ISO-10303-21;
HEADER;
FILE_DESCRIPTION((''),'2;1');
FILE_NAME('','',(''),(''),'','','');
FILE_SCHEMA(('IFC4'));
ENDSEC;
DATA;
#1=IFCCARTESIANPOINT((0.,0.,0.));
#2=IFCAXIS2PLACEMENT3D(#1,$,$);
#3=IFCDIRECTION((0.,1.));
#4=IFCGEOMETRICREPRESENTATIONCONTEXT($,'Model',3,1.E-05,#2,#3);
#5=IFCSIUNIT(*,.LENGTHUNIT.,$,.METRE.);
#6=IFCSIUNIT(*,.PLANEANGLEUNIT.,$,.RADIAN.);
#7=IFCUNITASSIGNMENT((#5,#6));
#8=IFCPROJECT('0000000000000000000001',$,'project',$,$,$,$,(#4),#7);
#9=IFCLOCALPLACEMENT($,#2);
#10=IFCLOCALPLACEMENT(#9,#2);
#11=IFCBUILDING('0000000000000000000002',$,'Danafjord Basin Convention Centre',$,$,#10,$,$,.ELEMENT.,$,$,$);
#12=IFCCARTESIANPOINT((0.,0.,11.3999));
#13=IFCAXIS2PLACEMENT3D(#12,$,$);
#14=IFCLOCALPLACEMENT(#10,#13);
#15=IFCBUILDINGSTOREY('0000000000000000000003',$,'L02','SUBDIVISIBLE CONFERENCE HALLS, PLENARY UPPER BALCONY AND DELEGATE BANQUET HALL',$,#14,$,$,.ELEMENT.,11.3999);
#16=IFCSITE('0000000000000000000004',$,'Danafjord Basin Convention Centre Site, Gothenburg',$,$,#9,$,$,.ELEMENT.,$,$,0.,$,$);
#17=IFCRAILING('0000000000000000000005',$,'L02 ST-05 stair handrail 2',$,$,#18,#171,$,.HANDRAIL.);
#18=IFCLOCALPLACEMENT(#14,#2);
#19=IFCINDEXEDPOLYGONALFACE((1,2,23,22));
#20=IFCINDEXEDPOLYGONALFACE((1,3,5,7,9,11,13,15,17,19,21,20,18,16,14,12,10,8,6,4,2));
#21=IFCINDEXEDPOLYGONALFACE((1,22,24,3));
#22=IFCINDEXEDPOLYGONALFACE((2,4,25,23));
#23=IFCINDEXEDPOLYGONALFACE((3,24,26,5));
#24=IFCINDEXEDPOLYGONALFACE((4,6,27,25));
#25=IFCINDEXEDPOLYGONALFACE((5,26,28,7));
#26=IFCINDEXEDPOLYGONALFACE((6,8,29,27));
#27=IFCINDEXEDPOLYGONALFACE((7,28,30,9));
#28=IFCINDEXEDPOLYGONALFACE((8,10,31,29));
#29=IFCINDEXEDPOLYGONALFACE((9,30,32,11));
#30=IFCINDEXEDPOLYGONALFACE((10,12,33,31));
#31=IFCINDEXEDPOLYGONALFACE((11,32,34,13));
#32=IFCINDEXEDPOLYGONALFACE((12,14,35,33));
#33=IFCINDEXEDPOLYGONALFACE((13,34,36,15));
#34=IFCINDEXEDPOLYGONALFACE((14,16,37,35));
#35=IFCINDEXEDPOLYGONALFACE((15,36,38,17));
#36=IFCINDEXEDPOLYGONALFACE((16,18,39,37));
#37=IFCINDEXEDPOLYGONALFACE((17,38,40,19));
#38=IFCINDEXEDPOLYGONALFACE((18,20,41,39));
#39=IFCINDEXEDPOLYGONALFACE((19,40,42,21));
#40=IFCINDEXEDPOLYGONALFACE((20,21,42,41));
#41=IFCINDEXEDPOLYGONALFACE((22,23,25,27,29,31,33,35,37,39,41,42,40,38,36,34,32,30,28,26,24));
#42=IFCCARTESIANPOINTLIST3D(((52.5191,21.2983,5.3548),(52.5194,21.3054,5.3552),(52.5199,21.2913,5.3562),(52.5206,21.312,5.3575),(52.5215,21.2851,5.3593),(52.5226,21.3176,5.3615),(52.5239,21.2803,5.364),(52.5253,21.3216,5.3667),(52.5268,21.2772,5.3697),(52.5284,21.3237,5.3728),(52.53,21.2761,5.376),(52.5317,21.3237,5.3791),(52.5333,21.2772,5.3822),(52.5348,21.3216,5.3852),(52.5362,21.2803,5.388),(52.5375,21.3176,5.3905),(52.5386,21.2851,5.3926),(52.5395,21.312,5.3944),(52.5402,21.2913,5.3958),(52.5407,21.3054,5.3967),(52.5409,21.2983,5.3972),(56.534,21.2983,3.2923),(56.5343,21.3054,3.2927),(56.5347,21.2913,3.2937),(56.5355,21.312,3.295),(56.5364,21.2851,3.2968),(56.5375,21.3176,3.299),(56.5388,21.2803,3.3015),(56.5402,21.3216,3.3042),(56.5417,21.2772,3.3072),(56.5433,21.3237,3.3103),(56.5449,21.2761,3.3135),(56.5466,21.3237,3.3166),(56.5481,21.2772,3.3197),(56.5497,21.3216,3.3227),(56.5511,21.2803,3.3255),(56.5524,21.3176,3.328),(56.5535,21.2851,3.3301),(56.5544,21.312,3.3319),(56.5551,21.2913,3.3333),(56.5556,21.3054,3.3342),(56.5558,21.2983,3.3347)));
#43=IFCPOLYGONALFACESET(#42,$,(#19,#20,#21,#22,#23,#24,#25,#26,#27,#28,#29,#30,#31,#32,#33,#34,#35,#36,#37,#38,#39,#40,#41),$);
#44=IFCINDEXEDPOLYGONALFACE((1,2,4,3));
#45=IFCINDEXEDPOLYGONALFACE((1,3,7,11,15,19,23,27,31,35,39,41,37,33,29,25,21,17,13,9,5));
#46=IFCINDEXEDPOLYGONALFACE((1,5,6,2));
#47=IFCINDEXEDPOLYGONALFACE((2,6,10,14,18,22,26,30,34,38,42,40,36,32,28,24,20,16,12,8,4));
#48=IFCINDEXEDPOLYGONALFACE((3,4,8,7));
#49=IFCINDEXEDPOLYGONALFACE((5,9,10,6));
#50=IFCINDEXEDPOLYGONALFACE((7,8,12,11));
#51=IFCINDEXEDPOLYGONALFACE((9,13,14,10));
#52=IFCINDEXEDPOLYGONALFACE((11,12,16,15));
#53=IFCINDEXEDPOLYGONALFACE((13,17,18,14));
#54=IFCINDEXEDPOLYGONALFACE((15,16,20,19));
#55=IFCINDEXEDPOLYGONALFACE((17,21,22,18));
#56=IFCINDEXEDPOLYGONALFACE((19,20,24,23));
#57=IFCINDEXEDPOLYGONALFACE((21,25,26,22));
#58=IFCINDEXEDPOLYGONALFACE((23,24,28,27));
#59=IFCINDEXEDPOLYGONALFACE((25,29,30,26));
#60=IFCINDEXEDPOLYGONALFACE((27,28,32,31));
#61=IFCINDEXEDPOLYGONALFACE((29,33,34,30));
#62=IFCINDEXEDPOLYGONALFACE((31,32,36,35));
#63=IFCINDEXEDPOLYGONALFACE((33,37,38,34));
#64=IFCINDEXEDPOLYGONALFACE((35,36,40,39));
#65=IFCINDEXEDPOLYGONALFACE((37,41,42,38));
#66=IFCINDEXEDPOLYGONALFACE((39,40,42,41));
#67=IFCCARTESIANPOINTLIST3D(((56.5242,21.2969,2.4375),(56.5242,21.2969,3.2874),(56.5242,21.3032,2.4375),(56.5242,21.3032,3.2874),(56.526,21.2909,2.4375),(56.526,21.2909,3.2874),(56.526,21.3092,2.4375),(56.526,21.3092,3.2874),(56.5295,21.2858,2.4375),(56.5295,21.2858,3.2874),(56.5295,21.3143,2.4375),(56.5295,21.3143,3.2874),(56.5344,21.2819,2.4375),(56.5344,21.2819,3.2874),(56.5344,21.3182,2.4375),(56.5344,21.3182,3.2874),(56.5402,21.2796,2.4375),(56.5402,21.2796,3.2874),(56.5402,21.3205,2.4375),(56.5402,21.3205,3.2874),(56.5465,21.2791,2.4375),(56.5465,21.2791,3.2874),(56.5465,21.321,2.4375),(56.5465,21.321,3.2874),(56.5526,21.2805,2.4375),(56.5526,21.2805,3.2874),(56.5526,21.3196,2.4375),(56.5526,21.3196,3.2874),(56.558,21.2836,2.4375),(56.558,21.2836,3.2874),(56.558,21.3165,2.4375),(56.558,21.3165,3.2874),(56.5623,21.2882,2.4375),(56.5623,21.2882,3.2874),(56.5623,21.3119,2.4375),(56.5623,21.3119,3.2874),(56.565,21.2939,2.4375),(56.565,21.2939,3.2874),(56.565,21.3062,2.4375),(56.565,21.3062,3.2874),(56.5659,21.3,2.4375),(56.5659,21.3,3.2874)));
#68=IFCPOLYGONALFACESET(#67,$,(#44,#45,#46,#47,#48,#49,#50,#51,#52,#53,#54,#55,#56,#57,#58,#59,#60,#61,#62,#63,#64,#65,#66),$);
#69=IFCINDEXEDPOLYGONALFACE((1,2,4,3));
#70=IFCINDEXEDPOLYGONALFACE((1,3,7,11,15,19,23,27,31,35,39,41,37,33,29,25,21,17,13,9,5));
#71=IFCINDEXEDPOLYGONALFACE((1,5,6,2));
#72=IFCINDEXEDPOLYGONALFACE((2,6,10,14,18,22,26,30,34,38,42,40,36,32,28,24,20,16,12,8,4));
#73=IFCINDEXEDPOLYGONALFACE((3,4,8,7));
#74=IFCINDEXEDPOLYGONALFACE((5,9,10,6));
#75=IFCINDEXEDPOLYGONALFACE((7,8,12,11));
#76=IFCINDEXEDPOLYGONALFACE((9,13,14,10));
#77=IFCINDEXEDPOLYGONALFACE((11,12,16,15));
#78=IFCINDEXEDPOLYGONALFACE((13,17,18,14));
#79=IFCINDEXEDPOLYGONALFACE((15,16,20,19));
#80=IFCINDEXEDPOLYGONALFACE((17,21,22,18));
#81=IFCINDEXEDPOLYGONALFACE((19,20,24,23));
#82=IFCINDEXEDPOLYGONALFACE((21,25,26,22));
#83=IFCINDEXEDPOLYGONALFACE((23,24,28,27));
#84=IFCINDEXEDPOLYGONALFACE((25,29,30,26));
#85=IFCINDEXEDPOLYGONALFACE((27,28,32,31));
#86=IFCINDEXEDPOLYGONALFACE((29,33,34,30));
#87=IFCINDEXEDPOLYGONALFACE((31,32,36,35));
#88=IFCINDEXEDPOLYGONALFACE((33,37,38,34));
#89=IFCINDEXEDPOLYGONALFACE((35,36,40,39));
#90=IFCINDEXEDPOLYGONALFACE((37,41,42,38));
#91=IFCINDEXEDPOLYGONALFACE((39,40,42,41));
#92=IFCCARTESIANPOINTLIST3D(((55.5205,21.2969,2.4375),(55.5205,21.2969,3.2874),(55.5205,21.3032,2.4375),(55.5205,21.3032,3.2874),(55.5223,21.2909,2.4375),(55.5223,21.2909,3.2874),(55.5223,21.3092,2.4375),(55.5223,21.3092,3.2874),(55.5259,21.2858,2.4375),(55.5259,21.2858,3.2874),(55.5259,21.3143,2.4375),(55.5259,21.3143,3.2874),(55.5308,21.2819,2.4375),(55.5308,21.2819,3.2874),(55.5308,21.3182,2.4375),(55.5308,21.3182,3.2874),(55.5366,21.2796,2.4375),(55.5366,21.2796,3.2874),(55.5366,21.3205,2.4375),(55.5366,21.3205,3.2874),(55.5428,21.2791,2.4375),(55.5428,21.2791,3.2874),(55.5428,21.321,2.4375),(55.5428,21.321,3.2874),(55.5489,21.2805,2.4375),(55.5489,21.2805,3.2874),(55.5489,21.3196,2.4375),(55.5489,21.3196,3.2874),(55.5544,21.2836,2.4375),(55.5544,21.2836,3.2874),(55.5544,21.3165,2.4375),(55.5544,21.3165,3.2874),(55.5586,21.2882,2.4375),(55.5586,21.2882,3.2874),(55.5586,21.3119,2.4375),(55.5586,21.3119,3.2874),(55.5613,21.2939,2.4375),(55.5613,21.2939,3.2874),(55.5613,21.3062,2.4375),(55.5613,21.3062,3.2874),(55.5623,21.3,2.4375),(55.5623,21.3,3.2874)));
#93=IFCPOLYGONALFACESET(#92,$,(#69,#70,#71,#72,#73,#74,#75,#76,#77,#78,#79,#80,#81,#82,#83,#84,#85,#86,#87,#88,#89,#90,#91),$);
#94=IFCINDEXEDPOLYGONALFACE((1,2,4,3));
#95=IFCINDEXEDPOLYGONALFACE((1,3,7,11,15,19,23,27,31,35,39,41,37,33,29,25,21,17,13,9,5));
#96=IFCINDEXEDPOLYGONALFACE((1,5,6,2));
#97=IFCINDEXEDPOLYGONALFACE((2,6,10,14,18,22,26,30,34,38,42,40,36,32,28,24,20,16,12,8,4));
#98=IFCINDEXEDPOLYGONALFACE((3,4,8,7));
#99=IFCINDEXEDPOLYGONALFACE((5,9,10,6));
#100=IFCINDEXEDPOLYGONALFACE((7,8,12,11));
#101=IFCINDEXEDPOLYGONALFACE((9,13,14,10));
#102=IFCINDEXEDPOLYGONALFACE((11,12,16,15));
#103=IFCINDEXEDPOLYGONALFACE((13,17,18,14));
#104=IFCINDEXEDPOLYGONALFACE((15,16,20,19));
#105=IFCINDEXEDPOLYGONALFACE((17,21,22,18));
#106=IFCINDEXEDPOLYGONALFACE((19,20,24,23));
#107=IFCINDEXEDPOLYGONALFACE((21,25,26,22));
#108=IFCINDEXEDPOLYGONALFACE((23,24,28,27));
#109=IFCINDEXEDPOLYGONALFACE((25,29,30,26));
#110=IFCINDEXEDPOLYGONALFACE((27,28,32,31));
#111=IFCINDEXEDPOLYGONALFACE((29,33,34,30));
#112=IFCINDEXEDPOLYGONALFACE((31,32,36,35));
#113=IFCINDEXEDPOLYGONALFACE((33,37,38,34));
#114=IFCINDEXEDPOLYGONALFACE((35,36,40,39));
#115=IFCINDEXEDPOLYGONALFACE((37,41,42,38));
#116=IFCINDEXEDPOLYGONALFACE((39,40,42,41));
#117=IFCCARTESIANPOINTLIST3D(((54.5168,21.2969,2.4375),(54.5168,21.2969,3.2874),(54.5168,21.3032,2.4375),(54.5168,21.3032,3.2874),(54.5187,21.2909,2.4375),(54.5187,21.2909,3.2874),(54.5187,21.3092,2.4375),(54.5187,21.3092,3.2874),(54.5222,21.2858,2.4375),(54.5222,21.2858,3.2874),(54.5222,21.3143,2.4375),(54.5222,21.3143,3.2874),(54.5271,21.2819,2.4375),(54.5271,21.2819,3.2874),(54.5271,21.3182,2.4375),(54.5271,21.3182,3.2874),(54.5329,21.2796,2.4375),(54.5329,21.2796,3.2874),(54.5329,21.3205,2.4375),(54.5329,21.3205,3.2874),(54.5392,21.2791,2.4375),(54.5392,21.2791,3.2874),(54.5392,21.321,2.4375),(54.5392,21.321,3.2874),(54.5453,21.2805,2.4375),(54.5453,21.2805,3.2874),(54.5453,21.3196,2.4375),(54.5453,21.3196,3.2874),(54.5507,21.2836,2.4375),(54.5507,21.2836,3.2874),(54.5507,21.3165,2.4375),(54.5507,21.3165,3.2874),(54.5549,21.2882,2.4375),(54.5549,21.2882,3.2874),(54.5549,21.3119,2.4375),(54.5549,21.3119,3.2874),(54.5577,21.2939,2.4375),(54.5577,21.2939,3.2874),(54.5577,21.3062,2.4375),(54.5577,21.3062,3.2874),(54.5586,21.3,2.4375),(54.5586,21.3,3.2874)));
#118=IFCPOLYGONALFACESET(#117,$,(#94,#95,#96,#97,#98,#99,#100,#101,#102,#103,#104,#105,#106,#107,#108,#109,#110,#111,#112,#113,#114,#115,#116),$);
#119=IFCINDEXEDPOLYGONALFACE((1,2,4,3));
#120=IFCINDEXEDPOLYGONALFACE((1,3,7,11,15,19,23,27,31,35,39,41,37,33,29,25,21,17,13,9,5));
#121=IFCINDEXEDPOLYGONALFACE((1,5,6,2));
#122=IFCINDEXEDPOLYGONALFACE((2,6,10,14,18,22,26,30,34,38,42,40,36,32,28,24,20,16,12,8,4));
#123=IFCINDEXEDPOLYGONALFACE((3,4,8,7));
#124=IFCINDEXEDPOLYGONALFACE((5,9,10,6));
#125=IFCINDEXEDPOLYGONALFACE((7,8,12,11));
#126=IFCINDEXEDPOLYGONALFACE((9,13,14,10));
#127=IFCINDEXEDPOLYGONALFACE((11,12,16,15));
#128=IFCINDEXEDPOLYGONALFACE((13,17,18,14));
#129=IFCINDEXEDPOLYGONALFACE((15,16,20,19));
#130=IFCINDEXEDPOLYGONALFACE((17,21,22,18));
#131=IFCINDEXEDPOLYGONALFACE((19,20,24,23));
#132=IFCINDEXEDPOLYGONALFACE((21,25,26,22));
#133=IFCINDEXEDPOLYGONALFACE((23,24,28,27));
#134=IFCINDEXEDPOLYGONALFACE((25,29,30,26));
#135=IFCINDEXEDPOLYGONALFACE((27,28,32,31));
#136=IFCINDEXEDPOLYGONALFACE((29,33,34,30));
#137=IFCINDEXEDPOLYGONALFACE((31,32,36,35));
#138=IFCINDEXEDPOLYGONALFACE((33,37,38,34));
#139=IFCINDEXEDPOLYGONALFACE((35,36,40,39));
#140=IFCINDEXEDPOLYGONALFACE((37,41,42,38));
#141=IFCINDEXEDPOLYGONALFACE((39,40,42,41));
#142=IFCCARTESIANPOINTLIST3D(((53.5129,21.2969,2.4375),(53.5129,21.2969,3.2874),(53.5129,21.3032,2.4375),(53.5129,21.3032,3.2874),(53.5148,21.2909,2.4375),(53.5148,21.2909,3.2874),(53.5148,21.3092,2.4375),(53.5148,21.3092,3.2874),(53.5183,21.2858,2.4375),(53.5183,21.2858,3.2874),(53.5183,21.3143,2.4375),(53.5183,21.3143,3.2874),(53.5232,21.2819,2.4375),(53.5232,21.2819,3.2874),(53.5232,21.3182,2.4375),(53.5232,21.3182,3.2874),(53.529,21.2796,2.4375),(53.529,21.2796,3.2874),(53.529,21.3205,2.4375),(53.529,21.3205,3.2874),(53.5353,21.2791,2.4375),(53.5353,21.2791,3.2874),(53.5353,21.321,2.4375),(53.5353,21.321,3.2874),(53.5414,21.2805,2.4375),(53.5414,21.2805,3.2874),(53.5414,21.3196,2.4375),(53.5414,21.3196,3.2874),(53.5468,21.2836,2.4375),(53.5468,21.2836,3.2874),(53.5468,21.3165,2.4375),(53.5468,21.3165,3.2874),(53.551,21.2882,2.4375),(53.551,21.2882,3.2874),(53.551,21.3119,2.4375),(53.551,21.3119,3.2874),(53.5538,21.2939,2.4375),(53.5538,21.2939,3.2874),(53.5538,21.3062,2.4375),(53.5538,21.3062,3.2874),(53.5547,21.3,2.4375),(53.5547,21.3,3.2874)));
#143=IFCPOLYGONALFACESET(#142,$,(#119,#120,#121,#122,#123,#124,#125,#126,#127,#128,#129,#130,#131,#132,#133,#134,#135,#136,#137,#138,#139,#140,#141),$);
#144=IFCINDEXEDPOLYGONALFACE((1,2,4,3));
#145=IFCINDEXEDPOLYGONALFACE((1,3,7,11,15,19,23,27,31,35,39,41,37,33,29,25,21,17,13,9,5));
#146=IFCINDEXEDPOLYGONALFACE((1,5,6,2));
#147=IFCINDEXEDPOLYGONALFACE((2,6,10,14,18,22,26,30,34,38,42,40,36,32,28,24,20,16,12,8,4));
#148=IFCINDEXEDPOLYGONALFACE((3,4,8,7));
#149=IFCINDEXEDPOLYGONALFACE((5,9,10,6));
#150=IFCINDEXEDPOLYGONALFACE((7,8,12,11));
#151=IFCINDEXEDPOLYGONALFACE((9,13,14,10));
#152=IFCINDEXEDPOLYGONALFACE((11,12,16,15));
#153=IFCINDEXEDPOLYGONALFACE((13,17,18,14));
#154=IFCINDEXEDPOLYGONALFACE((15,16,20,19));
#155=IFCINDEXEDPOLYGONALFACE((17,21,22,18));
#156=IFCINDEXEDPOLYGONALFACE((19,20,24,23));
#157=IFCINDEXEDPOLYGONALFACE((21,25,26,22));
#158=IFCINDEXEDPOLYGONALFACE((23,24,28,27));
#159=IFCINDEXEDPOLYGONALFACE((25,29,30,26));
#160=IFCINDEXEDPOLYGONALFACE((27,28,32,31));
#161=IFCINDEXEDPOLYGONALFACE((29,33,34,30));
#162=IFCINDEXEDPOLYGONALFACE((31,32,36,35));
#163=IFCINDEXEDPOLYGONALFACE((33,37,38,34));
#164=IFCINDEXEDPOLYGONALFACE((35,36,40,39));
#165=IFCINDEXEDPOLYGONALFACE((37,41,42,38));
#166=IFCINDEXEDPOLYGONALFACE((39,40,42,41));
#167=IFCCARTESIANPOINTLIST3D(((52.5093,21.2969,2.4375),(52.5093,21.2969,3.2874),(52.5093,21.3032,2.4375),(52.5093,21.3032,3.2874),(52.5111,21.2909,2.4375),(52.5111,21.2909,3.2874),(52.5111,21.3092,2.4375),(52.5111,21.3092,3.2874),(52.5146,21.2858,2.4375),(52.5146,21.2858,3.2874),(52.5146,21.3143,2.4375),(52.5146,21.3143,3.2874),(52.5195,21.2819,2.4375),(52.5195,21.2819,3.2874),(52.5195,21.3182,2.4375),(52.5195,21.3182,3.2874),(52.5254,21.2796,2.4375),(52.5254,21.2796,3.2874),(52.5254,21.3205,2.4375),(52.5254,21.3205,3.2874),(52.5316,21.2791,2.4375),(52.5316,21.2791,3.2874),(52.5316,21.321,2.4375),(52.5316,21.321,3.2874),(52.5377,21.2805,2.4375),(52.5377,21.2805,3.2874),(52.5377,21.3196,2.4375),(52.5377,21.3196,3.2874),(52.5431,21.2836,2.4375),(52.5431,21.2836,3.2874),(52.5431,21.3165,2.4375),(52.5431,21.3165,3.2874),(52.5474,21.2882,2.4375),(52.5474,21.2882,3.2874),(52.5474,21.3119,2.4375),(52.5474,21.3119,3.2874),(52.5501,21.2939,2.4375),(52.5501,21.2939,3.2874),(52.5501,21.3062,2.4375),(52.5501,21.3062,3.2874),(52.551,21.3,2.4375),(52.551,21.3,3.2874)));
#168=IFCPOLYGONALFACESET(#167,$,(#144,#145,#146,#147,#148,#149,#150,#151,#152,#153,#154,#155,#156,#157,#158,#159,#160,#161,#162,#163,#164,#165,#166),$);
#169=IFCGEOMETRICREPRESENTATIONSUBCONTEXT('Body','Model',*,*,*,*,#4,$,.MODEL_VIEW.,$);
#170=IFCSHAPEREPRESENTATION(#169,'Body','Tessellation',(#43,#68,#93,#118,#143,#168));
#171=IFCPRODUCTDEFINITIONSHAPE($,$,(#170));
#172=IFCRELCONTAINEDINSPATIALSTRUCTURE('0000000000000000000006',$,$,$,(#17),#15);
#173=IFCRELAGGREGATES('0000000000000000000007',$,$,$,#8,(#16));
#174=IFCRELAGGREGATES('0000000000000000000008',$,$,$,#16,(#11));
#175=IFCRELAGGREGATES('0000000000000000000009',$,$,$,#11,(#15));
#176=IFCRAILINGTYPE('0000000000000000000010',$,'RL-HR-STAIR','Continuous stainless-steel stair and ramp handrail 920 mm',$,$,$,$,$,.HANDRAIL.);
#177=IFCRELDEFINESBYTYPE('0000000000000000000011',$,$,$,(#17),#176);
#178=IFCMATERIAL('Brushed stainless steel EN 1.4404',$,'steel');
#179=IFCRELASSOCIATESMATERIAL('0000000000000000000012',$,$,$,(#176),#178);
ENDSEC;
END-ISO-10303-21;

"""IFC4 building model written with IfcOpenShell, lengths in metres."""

from ifc_helpers import new_model, si_unit, direction, frame, origin, origin_2d, place, context, subcontext, project, spatial, circle, extrude, material, type_object, element, save


model = new_model("IFC4")

# Units and contexts
model_context = context("Model", 3, precision=1e-05, world=origin(), true_north=direction((0.0, 1.0)))
body_context = subcontext(model_context, "Body", "Model", "MODEL_VIEW")
ifc_project = project(units=[si_unit("LENGTHUNIT", "METRE"), si_unit("PLANEANGLEUNIT", "RADIAN")], contexts=[model_context])

# Site, building, storey
site_placement = place(None, origin())
site = spatial("IfcSite", under=ifc_project, at=site_placement, Name="Danafjord Basin Convention Centre Site, Gothenburg", CompositionType="ELEMENT", RefElevation=0.0)
building_placement = place(site_placement, origin())
building = spatial("IfcBuilding", under=site, at=building_placement, Name="Danafjord Basin Convention Centre", CompositionType="ELEMENT")
storey_placement = place(building_placement, frame((0.0, 0.0, 11.3999)))
storey = spatial("IfcBuildingStorey", under=building, at=storey_placement, Name="L02", Description="SUBDIVISIBLE CONFERENCE HALLS, PLENARY UPPER BALCONY AND DELEGATE BANQUET HALL", CompositionType="ELEMENT", Elevation=11.3999)

# Railing
ifc_material_1 = material(Name="Brushed stainless steel EN 1.4404", Category="steel")
railing_type_1 = type_object("IfcRailingType", Name="RL-HR-STAIR", Description="Continuous stainless-steel stair and ramp handrail 920 mm", PredefinedType="HANDRAIL", material=ifc_material_1)
railing_1_placement = place(storey_placement, frame((56.5449, 21.3, 2.4375)))
element("IfcRailing", 1, at=railing_1_placement, inside=storey, type_object=railing_type_1, Name="L02 ST-05 stair handrail 2", PredefinedType="HANDRAIL", context=body_context, shape_type="SweptSolid", body=[
    extrude(circle(Radius=0.0239, at=origin_2d()), frame((0.0, 0.0, 0.876), z_axis=(-0.889495, 0.0, 0.456945), x_axis=(0.0, -1.0, 0.0)), (0.0, 0.0, 1.0), 4.5137),
    extrude(circle(Radius=0.021, at=origin_2d()), origin(), (0.0, 0.0, 1.0), 0.8499),
    extrude(circle(Radius=0.021, at=origin_2d()), frame((-1.0037, 0.0, 0.0)), (0.0, 0.0, 1.0), 0.8499),
    extrude(circle(Radius=0.021, at=origin_2d()), frame((-2.0073, 0.0, 0.0)), (0.0, 0.0, 1.0), 0.8499),
    extrude(circle(Radius=0.021, at=origin_2d()), frame((-3.0112, 0.0, 0.0)), (0.0, 0.0, 1.0), 0.8499),
    extrude(circle(Radius=0.021, at=origin_2d()), frame((-4.0149, 0.0, 0.0)), (0.0, 0.0, 1.0), 0.8499),
])

save(model, "model.ifc")
